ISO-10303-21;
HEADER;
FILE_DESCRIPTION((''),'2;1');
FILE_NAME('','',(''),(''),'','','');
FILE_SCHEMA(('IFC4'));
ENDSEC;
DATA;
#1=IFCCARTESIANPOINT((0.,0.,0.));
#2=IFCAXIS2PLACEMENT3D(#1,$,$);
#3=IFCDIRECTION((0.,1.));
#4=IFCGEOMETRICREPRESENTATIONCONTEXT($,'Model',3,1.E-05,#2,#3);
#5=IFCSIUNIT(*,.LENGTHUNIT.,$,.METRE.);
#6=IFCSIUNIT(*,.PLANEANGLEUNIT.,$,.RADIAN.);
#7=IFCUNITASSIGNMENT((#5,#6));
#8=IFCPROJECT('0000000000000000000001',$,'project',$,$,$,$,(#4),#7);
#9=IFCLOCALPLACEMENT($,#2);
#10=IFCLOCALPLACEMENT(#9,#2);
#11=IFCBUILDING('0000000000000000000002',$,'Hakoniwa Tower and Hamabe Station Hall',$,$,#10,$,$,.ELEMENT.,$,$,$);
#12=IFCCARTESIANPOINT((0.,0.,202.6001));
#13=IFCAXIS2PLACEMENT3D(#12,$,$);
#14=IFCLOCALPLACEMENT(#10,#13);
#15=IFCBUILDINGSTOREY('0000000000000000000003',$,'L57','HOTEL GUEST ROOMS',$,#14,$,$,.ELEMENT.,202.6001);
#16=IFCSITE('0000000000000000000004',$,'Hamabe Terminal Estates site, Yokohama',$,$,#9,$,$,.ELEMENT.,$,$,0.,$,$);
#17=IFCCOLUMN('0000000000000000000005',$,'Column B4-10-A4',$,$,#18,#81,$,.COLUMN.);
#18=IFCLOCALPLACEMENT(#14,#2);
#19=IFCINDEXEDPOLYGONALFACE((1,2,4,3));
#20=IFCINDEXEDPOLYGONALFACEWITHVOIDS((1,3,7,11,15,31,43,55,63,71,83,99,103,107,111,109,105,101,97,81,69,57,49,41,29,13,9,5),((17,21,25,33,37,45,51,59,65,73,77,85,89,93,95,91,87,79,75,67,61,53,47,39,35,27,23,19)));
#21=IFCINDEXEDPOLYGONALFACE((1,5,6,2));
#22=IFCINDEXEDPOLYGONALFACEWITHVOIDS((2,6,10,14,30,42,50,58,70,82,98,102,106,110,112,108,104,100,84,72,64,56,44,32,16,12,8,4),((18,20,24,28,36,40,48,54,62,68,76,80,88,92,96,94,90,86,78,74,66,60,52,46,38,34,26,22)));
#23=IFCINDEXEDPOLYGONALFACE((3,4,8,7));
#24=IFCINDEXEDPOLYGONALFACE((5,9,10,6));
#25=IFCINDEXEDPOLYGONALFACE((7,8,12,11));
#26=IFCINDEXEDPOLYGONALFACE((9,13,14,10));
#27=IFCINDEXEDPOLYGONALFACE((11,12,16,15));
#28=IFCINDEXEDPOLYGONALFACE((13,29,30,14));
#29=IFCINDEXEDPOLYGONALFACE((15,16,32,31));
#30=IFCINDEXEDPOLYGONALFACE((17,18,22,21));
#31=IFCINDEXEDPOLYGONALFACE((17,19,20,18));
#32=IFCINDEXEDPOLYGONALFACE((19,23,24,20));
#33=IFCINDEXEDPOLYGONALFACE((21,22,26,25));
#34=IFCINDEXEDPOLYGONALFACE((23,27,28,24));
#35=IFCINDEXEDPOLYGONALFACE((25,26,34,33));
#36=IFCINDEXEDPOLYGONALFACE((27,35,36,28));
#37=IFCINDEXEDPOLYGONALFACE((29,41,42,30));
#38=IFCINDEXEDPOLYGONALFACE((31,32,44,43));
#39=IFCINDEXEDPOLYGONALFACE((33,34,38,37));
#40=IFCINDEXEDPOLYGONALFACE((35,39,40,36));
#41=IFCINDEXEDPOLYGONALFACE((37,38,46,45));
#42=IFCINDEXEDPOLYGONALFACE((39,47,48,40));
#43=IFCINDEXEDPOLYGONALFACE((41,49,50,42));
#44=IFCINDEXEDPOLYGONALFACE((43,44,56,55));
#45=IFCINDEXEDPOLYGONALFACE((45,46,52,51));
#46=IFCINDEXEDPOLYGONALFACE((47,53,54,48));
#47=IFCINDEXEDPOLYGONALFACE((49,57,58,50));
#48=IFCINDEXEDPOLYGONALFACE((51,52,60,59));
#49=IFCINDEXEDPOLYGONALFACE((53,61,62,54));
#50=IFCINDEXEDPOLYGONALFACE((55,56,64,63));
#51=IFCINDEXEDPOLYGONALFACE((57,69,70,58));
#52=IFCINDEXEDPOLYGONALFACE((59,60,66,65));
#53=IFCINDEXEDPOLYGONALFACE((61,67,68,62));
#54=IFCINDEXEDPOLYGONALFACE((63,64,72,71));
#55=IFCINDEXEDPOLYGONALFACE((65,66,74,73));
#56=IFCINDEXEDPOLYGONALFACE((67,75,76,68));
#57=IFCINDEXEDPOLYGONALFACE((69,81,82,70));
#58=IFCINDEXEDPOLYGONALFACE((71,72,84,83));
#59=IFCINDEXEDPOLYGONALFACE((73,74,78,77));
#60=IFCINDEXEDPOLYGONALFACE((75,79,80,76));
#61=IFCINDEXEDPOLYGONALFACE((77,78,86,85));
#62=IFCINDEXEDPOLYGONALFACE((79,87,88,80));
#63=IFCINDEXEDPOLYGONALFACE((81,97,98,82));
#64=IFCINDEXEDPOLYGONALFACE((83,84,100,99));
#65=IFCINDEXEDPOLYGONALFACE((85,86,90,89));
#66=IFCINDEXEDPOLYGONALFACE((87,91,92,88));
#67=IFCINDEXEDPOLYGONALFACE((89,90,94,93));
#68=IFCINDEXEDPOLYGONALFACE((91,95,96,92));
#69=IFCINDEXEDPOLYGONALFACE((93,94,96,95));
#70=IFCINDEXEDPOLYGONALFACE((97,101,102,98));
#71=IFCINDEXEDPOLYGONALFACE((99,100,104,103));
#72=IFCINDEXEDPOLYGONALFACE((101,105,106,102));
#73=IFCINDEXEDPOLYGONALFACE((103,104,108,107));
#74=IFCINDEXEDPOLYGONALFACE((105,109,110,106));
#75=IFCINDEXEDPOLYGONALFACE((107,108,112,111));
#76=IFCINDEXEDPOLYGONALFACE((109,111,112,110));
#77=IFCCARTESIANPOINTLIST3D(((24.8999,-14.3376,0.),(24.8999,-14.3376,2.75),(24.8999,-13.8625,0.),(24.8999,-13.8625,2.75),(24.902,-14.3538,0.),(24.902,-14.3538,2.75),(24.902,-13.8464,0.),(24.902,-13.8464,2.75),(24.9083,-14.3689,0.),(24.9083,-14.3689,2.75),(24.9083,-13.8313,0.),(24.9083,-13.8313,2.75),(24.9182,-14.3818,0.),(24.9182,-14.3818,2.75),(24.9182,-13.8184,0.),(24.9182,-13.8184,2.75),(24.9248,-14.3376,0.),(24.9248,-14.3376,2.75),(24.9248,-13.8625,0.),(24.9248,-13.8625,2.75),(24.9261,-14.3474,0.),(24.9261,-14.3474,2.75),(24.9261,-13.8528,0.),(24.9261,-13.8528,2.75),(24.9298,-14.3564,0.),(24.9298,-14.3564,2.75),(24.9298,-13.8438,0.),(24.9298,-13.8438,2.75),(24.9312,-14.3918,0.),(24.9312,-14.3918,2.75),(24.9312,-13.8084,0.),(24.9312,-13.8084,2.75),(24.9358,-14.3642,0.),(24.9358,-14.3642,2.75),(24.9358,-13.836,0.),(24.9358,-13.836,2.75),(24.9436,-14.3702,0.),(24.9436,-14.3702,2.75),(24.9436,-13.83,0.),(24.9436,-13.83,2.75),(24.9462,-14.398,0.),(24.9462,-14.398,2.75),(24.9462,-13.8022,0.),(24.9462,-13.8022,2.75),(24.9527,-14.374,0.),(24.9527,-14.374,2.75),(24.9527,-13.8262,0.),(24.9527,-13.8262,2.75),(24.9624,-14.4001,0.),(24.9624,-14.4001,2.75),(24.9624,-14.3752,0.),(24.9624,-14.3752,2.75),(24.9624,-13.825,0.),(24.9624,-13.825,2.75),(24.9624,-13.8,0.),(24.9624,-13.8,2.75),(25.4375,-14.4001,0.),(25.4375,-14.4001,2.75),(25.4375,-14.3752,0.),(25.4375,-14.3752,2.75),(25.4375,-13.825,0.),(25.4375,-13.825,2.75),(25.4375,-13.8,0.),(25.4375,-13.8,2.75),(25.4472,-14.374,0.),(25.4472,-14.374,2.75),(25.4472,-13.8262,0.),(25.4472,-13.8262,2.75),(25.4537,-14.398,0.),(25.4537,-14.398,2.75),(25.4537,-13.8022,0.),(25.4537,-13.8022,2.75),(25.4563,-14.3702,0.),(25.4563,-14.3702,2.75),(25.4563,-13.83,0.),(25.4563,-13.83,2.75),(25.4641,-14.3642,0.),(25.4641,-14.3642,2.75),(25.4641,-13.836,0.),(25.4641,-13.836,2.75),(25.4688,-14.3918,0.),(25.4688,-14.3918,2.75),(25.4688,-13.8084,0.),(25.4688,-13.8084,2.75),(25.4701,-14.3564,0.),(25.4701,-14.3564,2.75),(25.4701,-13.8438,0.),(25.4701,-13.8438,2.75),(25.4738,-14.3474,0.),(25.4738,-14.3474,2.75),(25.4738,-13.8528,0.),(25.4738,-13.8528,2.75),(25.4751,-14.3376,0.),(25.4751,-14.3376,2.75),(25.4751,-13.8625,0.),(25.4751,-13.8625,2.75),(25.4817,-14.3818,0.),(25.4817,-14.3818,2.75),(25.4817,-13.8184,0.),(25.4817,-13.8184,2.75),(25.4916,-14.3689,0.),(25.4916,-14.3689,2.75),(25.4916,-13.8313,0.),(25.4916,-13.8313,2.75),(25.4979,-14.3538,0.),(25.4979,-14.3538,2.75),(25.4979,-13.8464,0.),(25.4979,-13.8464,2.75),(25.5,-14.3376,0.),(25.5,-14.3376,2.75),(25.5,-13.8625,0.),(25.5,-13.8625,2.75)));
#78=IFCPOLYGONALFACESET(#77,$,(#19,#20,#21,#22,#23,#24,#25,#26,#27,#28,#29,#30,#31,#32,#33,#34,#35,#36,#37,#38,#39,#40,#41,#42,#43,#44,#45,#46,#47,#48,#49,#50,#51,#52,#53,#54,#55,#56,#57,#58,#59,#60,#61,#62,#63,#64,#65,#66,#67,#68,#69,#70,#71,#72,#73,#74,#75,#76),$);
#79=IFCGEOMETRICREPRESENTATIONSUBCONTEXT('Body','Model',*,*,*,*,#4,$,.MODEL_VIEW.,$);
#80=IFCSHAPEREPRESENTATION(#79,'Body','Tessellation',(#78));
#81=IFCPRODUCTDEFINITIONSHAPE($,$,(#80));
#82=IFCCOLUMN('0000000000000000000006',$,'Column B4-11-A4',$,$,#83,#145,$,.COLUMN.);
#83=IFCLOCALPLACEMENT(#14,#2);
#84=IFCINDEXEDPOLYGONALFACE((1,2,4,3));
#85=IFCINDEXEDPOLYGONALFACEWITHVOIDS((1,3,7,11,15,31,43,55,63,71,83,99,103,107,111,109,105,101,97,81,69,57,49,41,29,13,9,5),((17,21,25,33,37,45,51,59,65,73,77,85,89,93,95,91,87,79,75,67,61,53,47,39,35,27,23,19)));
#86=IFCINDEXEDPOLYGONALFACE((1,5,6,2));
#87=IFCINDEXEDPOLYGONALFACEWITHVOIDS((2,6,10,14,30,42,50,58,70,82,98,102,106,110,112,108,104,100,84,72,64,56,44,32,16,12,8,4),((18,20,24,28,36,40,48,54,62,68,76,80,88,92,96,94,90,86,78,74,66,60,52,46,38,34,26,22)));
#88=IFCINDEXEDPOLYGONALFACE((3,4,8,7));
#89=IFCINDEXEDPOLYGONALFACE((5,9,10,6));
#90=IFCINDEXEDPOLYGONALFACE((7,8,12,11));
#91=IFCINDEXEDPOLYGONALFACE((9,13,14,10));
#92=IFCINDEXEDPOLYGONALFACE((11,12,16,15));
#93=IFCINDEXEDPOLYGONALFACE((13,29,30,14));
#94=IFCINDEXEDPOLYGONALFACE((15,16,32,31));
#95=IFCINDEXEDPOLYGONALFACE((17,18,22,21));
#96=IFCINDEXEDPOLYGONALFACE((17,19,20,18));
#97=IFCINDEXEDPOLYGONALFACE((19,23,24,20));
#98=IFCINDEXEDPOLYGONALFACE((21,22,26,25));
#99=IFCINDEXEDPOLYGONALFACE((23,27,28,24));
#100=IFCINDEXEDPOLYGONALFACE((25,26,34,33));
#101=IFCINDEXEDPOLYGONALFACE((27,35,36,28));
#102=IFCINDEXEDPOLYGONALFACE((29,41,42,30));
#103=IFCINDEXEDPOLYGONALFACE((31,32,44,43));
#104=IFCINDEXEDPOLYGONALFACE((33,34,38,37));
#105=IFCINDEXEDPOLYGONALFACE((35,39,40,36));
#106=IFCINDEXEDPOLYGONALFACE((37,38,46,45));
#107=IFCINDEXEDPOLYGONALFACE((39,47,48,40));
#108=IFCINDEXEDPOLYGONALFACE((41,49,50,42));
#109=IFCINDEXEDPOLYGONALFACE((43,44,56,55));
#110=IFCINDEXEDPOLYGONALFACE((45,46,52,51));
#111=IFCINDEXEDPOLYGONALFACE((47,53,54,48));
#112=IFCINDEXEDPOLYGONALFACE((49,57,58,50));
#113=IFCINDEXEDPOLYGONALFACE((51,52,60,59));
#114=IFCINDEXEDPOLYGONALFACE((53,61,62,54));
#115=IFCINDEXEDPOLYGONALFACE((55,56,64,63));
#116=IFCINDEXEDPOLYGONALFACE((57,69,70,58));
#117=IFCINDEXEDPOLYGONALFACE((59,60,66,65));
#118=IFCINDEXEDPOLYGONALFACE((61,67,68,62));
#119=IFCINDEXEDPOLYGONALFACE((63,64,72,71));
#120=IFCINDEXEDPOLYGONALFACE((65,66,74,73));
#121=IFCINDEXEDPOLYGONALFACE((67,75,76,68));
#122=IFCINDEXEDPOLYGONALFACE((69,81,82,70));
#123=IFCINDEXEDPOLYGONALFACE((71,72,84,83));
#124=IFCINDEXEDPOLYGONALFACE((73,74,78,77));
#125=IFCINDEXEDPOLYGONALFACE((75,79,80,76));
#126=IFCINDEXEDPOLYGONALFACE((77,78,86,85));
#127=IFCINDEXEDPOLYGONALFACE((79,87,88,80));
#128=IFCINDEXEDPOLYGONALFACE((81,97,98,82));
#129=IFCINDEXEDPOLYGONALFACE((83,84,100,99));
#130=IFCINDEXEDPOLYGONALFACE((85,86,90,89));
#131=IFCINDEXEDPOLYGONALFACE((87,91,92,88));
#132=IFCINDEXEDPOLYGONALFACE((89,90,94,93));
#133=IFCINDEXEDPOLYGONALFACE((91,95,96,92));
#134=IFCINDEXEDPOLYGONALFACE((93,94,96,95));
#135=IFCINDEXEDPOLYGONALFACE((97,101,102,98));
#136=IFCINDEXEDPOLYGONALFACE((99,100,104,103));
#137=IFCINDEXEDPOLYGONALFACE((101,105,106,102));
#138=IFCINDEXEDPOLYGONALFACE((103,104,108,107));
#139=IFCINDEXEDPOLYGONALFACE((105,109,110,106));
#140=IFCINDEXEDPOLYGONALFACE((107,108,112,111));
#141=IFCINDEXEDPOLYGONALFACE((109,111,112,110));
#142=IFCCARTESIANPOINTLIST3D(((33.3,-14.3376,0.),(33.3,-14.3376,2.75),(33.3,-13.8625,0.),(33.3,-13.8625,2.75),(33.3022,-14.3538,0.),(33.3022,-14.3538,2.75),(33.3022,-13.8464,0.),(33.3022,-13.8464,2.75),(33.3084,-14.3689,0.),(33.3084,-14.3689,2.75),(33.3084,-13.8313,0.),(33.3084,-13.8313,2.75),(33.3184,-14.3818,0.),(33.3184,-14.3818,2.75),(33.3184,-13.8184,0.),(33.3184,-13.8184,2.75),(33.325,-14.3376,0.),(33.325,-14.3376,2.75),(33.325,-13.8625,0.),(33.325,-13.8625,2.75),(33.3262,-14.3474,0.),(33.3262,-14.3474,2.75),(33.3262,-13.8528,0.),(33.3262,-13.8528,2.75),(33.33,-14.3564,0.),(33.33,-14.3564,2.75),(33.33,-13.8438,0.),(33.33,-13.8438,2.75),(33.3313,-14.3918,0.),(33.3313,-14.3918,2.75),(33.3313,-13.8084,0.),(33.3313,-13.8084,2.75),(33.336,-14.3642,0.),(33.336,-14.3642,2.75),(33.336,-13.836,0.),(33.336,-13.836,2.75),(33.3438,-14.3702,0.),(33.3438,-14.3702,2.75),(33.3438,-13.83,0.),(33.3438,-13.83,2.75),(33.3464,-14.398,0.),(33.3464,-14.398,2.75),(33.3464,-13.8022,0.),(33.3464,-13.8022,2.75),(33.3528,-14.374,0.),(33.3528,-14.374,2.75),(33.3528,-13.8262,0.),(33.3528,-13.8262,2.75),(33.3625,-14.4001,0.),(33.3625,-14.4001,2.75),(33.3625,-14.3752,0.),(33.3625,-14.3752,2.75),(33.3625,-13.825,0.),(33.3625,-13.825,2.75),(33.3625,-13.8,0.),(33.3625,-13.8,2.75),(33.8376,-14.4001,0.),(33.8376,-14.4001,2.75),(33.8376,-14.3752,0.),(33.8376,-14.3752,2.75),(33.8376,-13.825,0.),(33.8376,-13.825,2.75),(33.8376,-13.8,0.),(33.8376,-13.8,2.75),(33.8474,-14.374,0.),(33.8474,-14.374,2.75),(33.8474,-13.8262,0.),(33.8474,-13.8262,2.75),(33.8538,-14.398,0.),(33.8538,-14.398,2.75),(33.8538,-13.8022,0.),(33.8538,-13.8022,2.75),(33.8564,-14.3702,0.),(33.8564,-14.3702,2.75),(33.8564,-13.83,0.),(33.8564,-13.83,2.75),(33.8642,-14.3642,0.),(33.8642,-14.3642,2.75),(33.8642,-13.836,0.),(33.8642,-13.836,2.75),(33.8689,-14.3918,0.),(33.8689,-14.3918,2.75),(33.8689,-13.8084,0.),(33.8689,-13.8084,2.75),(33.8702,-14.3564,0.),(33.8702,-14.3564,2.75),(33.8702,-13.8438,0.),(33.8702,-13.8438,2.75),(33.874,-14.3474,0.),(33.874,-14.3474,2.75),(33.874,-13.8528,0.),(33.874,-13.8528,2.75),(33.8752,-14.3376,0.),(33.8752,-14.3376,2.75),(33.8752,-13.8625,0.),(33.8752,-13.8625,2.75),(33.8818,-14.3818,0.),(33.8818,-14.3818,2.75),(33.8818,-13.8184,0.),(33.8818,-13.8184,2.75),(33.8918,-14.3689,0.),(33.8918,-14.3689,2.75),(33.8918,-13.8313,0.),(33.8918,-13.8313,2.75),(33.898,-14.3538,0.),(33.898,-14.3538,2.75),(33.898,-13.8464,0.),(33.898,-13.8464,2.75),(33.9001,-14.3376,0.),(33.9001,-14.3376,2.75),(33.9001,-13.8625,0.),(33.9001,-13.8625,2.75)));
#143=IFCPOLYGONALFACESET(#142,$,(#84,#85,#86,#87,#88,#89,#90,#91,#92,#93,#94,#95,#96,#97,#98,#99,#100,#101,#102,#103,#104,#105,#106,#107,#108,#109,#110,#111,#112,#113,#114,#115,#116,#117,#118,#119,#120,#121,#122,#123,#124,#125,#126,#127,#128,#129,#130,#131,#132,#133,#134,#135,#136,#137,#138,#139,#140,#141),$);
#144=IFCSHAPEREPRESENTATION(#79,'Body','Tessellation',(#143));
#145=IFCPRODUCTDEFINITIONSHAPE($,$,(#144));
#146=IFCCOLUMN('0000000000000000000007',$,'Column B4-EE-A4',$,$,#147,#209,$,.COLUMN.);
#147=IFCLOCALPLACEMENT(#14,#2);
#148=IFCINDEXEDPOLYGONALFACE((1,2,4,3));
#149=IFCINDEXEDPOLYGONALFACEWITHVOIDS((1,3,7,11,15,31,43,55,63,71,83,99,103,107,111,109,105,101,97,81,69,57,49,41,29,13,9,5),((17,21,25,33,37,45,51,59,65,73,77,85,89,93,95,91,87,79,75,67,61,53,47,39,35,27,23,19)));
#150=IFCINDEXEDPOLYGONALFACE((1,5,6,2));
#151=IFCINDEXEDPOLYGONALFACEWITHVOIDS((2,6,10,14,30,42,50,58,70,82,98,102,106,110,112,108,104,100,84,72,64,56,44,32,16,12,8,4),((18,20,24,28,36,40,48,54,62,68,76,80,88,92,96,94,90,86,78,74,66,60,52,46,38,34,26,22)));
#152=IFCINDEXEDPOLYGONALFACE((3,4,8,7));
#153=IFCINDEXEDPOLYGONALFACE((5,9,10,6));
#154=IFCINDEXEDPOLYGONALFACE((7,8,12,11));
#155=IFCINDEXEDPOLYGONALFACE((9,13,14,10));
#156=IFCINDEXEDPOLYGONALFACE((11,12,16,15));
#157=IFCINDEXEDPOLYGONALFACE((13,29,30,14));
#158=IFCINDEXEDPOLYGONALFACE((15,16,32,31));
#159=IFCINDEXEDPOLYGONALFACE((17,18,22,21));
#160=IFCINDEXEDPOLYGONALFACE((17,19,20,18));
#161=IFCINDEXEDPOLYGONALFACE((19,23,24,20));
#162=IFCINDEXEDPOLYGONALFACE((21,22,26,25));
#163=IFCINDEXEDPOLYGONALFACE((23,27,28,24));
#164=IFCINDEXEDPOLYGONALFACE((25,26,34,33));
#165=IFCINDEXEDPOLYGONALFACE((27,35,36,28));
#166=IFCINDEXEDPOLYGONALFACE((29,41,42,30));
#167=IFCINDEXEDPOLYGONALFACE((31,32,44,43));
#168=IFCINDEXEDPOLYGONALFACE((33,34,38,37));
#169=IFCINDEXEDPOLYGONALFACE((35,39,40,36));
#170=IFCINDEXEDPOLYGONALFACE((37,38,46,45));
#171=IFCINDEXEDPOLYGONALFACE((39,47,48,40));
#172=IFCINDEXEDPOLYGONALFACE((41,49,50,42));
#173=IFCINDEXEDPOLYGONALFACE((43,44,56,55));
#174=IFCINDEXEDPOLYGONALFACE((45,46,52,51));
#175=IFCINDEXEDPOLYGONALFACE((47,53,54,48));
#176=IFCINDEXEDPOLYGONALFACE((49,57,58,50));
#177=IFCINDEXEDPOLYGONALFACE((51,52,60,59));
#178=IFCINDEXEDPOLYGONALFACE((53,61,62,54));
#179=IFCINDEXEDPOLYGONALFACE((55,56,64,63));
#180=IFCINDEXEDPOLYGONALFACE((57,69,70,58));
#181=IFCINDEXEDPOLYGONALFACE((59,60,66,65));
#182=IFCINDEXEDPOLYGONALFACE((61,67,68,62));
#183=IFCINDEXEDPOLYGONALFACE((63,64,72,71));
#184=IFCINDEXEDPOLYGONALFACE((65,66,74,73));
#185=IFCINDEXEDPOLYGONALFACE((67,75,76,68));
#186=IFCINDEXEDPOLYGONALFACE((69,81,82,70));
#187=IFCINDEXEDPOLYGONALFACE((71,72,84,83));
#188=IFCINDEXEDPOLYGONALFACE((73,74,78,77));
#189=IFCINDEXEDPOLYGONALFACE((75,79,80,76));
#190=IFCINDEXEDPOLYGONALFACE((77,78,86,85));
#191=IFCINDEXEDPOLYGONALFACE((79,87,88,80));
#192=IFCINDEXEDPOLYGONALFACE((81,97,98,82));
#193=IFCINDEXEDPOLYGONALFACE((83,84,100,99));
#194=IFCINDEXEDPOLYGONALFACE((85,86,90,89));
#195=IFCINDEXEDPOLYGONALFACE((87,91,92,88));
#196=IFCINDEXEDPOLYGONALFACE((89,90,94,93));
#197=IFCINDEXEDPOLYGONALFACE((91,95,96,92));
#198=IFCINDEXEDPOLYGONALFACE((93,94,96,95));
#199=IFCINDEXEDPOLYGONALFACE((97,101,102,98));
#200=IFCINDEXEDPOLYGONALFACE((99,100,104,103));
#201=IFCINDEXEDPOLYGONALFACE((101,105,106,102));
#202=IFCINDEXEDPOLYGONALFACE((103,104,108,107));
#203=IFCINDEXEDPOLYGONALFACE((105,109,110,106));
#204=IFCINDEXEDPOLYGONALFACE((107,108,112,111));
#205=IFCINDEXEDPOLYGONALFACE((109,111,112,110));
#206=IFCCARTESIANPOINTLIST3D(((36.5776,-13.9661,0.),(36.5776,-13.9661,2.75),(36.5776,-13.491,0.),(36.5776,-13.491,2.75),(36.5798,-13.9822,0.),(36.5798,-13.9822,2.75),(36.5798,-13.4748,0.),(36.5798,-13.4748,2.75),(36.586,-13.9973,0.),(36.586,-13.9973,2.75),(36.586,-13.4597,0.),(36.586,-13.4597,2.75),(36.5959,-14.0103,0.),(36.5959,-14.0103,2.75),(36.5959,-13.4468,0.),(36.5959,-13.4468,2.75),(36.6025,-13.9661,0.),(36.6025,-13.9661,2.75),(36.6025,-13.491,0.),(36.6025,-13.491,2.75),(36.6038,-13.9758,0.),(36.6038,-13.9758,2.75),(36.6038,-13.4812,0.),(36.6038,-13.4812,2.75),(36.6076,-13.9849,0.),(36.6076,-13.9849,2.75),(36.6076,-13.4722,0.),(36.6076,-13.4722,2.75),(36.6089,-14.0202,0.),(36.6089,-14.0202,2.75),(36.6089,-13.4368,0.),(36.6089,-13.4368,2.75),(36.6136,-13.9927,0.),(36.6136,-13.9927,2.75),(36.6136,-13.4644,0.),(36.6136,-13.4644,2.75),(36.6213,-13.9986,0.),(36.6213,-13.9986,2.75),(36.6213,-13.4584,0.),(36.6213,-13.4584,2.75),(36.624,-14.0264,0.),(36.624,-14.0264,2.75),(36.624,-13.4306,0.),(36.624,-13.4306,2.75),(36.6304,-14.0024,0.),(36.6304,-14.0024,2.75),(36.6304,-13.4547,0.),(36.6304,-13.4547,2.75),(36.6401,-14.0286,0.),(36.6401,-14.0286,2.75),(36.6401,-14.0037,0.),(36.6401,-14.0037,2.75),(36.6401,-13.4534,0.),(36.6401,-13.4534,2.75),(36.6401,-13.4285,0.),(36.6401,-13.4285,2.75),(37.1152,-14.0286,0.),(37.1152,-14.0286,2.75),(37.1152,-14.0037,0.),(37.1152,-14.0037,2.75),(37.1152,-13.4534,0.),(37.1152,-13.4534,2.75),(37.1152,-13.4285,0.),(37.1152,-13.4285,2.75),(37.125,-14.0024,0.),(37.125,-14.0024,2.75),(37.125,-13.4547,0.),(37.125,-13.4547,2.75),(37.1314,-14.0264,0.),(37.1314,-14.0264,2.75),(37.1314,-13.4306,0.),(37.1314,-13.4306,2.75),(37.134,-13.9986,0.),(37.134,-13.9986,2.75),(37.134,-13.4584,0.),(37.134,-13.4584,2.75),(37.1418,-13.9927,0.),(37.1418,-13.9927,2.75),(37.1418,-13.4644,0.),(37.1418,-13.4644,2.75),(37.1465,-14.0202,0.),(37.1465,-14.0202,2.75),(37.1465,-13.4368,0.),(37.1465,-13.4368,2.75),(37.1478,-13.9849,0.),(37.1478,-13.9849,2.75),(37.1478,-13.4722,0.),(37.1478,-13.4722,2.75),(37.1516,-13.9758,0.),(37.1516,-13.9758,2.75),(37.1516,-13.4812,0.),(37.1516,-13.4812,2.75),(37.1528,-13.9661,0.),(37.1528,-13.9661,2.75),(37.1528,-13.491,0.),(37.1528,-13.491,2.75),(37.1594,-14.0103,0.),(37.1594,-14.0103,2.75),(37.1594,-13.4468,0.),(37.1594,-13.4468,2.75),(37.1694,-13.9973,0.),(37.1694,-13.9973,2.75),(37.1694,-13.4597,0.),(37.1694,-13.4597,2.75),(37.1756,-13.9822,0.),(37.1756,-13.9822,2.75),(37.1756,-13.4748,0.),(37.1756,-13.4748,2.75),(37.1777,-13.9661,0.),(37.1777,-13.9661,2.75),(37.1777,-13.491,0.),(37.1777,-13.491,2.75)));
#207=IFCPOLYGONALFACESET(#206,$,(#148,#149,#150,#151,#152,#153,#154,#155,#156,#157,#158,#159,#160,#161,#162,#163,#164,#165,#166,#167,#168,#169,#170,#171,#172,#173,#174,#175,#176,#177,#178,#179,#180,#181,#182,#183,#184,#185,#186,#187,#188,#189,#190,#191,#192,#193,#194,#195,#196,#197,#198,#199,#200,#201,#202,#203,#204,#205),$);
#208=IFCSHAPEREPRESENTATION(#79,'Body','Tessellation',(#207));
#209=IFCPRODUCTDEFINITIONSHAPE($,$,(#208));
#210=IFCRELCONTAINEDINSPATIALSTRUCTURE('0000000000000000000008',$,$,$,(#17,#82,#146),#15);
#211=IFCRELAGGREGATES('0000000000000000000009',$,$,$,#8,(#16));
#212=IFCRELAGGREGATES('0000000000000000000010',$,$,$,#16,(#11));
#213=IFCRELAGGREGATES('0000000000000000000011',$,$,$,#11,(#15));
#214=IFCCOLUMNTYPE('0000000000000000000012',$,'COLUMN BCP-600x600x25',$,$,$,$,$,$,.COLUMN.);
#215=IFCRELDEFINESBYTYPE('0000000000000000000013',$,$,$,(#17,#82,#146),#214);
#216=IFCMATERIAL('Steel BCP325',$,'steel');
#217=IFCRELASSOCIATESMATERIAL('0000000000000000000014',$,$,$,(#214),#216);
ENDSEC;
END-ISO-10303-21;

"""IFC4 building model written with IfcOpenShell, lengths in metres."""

from ifc_helpers import new_model, si_unit, direction, frame, origin, origin_2d, place, context, subcontext, project, spatial, hollow_rectangle, extrude, material, material_profile, profile_set, type_object, element, save


model = new_model("IFC4")

# Units and contexts
model_context = context("Model", 3, precision=1e-05, world=origin(), true_north=direction((0.0, 1.0)))
body_context = subcontext(model_context, "Body", "Model", "MODEL_VIEW")
ifc_project = project(units=[si_unit("LENGTHUNIT", "METRE"), si_unit("PLANEANGLEUNIT", "RADIAN")], contexts=[model_context])

# Site, building, storey
site_placement = place(None, origin())
site = spatial("IfcSite", under=ifc_project, at=site_placement, Name="Hamabe Terminal Estates site, Yokohama", CompositionType="ELEMENT", RefElevation=0.0)
building_placement = place(site_placement, origin())
building = spatial("IfcBuilding", under=site, at=building_placement, Name="Hakoniwa Tower and Hamabe Station Hall", CompositionType="ELEMENT")
storey_placement = place(building_placement, frame((0.0, 0.0, 202.6001)))
storey = spatial("IfcBuildingStorey", under=building, at=storey_placement, Name="L57", Description="HOTEL GUEST ROOMS", CompositionType="ELEMENT", Elevation=202.6001)

# Columns
ifc_material_1 = material(Name="Steel BCP325", Category="steel")
ifc_material_profile_1 = material_profile(ifc_material_1, hollow_rectangle(XDim=0.6001, YDim=0.6001, WallThickness=0.0249, InnerFilletRadius=0.0376, OuterFilletRadius=0.0625, at=origin_2d()), Name="BCP-600x600x25")
ifc_profile_set_1 = profile_set([ifc_material_profile_1], Name="Steel BCP325")
column_type = type_object("IfcColumnType", Name="COLUMN BCP-600x600x25", PredefinedType="COLUMN", material=ifc_profile_set_1)
for number, where, z_axis, x_axis, name in (
    (1, (25.2, -14.1001, 0.0), (0.0, 0.0, 1.0), (1.0, 0.0, 0.0), "Column B4-10-A4"),
    (2, (33.6001, -14.1001, 0.0), (0.0, 0.0, 1.0), (1.0, 0.0, 0.0), "Column B4-11-A4"),
    (3, (36.8777, -13.7285, 0.0), (0.0, 0.0, 1.0), (1.0, 0.0, 0.0), "Column B4-EE-A4"),
):
    element("IfcColumn", number, at=place(storey_placement, frame(where, z_axis=z_axis, x_axis=x_axis)), inside=storey, type_object=column_type, Name=name, PredefinedType="COLUMN", context=body_context, shape_type="SweptSolid", body=[
        extrude(hollow_rectangle(XDim=0.6001, YDim=0.6001, WallThickness=0.0249, InnerFilletRadius=0.0376, OuterFilletRadius=0.0625, at=origin_2d()), origin(), (0.0, 0.0, 1.0), 2.75),
    ])

save(model, "model.ifc")
